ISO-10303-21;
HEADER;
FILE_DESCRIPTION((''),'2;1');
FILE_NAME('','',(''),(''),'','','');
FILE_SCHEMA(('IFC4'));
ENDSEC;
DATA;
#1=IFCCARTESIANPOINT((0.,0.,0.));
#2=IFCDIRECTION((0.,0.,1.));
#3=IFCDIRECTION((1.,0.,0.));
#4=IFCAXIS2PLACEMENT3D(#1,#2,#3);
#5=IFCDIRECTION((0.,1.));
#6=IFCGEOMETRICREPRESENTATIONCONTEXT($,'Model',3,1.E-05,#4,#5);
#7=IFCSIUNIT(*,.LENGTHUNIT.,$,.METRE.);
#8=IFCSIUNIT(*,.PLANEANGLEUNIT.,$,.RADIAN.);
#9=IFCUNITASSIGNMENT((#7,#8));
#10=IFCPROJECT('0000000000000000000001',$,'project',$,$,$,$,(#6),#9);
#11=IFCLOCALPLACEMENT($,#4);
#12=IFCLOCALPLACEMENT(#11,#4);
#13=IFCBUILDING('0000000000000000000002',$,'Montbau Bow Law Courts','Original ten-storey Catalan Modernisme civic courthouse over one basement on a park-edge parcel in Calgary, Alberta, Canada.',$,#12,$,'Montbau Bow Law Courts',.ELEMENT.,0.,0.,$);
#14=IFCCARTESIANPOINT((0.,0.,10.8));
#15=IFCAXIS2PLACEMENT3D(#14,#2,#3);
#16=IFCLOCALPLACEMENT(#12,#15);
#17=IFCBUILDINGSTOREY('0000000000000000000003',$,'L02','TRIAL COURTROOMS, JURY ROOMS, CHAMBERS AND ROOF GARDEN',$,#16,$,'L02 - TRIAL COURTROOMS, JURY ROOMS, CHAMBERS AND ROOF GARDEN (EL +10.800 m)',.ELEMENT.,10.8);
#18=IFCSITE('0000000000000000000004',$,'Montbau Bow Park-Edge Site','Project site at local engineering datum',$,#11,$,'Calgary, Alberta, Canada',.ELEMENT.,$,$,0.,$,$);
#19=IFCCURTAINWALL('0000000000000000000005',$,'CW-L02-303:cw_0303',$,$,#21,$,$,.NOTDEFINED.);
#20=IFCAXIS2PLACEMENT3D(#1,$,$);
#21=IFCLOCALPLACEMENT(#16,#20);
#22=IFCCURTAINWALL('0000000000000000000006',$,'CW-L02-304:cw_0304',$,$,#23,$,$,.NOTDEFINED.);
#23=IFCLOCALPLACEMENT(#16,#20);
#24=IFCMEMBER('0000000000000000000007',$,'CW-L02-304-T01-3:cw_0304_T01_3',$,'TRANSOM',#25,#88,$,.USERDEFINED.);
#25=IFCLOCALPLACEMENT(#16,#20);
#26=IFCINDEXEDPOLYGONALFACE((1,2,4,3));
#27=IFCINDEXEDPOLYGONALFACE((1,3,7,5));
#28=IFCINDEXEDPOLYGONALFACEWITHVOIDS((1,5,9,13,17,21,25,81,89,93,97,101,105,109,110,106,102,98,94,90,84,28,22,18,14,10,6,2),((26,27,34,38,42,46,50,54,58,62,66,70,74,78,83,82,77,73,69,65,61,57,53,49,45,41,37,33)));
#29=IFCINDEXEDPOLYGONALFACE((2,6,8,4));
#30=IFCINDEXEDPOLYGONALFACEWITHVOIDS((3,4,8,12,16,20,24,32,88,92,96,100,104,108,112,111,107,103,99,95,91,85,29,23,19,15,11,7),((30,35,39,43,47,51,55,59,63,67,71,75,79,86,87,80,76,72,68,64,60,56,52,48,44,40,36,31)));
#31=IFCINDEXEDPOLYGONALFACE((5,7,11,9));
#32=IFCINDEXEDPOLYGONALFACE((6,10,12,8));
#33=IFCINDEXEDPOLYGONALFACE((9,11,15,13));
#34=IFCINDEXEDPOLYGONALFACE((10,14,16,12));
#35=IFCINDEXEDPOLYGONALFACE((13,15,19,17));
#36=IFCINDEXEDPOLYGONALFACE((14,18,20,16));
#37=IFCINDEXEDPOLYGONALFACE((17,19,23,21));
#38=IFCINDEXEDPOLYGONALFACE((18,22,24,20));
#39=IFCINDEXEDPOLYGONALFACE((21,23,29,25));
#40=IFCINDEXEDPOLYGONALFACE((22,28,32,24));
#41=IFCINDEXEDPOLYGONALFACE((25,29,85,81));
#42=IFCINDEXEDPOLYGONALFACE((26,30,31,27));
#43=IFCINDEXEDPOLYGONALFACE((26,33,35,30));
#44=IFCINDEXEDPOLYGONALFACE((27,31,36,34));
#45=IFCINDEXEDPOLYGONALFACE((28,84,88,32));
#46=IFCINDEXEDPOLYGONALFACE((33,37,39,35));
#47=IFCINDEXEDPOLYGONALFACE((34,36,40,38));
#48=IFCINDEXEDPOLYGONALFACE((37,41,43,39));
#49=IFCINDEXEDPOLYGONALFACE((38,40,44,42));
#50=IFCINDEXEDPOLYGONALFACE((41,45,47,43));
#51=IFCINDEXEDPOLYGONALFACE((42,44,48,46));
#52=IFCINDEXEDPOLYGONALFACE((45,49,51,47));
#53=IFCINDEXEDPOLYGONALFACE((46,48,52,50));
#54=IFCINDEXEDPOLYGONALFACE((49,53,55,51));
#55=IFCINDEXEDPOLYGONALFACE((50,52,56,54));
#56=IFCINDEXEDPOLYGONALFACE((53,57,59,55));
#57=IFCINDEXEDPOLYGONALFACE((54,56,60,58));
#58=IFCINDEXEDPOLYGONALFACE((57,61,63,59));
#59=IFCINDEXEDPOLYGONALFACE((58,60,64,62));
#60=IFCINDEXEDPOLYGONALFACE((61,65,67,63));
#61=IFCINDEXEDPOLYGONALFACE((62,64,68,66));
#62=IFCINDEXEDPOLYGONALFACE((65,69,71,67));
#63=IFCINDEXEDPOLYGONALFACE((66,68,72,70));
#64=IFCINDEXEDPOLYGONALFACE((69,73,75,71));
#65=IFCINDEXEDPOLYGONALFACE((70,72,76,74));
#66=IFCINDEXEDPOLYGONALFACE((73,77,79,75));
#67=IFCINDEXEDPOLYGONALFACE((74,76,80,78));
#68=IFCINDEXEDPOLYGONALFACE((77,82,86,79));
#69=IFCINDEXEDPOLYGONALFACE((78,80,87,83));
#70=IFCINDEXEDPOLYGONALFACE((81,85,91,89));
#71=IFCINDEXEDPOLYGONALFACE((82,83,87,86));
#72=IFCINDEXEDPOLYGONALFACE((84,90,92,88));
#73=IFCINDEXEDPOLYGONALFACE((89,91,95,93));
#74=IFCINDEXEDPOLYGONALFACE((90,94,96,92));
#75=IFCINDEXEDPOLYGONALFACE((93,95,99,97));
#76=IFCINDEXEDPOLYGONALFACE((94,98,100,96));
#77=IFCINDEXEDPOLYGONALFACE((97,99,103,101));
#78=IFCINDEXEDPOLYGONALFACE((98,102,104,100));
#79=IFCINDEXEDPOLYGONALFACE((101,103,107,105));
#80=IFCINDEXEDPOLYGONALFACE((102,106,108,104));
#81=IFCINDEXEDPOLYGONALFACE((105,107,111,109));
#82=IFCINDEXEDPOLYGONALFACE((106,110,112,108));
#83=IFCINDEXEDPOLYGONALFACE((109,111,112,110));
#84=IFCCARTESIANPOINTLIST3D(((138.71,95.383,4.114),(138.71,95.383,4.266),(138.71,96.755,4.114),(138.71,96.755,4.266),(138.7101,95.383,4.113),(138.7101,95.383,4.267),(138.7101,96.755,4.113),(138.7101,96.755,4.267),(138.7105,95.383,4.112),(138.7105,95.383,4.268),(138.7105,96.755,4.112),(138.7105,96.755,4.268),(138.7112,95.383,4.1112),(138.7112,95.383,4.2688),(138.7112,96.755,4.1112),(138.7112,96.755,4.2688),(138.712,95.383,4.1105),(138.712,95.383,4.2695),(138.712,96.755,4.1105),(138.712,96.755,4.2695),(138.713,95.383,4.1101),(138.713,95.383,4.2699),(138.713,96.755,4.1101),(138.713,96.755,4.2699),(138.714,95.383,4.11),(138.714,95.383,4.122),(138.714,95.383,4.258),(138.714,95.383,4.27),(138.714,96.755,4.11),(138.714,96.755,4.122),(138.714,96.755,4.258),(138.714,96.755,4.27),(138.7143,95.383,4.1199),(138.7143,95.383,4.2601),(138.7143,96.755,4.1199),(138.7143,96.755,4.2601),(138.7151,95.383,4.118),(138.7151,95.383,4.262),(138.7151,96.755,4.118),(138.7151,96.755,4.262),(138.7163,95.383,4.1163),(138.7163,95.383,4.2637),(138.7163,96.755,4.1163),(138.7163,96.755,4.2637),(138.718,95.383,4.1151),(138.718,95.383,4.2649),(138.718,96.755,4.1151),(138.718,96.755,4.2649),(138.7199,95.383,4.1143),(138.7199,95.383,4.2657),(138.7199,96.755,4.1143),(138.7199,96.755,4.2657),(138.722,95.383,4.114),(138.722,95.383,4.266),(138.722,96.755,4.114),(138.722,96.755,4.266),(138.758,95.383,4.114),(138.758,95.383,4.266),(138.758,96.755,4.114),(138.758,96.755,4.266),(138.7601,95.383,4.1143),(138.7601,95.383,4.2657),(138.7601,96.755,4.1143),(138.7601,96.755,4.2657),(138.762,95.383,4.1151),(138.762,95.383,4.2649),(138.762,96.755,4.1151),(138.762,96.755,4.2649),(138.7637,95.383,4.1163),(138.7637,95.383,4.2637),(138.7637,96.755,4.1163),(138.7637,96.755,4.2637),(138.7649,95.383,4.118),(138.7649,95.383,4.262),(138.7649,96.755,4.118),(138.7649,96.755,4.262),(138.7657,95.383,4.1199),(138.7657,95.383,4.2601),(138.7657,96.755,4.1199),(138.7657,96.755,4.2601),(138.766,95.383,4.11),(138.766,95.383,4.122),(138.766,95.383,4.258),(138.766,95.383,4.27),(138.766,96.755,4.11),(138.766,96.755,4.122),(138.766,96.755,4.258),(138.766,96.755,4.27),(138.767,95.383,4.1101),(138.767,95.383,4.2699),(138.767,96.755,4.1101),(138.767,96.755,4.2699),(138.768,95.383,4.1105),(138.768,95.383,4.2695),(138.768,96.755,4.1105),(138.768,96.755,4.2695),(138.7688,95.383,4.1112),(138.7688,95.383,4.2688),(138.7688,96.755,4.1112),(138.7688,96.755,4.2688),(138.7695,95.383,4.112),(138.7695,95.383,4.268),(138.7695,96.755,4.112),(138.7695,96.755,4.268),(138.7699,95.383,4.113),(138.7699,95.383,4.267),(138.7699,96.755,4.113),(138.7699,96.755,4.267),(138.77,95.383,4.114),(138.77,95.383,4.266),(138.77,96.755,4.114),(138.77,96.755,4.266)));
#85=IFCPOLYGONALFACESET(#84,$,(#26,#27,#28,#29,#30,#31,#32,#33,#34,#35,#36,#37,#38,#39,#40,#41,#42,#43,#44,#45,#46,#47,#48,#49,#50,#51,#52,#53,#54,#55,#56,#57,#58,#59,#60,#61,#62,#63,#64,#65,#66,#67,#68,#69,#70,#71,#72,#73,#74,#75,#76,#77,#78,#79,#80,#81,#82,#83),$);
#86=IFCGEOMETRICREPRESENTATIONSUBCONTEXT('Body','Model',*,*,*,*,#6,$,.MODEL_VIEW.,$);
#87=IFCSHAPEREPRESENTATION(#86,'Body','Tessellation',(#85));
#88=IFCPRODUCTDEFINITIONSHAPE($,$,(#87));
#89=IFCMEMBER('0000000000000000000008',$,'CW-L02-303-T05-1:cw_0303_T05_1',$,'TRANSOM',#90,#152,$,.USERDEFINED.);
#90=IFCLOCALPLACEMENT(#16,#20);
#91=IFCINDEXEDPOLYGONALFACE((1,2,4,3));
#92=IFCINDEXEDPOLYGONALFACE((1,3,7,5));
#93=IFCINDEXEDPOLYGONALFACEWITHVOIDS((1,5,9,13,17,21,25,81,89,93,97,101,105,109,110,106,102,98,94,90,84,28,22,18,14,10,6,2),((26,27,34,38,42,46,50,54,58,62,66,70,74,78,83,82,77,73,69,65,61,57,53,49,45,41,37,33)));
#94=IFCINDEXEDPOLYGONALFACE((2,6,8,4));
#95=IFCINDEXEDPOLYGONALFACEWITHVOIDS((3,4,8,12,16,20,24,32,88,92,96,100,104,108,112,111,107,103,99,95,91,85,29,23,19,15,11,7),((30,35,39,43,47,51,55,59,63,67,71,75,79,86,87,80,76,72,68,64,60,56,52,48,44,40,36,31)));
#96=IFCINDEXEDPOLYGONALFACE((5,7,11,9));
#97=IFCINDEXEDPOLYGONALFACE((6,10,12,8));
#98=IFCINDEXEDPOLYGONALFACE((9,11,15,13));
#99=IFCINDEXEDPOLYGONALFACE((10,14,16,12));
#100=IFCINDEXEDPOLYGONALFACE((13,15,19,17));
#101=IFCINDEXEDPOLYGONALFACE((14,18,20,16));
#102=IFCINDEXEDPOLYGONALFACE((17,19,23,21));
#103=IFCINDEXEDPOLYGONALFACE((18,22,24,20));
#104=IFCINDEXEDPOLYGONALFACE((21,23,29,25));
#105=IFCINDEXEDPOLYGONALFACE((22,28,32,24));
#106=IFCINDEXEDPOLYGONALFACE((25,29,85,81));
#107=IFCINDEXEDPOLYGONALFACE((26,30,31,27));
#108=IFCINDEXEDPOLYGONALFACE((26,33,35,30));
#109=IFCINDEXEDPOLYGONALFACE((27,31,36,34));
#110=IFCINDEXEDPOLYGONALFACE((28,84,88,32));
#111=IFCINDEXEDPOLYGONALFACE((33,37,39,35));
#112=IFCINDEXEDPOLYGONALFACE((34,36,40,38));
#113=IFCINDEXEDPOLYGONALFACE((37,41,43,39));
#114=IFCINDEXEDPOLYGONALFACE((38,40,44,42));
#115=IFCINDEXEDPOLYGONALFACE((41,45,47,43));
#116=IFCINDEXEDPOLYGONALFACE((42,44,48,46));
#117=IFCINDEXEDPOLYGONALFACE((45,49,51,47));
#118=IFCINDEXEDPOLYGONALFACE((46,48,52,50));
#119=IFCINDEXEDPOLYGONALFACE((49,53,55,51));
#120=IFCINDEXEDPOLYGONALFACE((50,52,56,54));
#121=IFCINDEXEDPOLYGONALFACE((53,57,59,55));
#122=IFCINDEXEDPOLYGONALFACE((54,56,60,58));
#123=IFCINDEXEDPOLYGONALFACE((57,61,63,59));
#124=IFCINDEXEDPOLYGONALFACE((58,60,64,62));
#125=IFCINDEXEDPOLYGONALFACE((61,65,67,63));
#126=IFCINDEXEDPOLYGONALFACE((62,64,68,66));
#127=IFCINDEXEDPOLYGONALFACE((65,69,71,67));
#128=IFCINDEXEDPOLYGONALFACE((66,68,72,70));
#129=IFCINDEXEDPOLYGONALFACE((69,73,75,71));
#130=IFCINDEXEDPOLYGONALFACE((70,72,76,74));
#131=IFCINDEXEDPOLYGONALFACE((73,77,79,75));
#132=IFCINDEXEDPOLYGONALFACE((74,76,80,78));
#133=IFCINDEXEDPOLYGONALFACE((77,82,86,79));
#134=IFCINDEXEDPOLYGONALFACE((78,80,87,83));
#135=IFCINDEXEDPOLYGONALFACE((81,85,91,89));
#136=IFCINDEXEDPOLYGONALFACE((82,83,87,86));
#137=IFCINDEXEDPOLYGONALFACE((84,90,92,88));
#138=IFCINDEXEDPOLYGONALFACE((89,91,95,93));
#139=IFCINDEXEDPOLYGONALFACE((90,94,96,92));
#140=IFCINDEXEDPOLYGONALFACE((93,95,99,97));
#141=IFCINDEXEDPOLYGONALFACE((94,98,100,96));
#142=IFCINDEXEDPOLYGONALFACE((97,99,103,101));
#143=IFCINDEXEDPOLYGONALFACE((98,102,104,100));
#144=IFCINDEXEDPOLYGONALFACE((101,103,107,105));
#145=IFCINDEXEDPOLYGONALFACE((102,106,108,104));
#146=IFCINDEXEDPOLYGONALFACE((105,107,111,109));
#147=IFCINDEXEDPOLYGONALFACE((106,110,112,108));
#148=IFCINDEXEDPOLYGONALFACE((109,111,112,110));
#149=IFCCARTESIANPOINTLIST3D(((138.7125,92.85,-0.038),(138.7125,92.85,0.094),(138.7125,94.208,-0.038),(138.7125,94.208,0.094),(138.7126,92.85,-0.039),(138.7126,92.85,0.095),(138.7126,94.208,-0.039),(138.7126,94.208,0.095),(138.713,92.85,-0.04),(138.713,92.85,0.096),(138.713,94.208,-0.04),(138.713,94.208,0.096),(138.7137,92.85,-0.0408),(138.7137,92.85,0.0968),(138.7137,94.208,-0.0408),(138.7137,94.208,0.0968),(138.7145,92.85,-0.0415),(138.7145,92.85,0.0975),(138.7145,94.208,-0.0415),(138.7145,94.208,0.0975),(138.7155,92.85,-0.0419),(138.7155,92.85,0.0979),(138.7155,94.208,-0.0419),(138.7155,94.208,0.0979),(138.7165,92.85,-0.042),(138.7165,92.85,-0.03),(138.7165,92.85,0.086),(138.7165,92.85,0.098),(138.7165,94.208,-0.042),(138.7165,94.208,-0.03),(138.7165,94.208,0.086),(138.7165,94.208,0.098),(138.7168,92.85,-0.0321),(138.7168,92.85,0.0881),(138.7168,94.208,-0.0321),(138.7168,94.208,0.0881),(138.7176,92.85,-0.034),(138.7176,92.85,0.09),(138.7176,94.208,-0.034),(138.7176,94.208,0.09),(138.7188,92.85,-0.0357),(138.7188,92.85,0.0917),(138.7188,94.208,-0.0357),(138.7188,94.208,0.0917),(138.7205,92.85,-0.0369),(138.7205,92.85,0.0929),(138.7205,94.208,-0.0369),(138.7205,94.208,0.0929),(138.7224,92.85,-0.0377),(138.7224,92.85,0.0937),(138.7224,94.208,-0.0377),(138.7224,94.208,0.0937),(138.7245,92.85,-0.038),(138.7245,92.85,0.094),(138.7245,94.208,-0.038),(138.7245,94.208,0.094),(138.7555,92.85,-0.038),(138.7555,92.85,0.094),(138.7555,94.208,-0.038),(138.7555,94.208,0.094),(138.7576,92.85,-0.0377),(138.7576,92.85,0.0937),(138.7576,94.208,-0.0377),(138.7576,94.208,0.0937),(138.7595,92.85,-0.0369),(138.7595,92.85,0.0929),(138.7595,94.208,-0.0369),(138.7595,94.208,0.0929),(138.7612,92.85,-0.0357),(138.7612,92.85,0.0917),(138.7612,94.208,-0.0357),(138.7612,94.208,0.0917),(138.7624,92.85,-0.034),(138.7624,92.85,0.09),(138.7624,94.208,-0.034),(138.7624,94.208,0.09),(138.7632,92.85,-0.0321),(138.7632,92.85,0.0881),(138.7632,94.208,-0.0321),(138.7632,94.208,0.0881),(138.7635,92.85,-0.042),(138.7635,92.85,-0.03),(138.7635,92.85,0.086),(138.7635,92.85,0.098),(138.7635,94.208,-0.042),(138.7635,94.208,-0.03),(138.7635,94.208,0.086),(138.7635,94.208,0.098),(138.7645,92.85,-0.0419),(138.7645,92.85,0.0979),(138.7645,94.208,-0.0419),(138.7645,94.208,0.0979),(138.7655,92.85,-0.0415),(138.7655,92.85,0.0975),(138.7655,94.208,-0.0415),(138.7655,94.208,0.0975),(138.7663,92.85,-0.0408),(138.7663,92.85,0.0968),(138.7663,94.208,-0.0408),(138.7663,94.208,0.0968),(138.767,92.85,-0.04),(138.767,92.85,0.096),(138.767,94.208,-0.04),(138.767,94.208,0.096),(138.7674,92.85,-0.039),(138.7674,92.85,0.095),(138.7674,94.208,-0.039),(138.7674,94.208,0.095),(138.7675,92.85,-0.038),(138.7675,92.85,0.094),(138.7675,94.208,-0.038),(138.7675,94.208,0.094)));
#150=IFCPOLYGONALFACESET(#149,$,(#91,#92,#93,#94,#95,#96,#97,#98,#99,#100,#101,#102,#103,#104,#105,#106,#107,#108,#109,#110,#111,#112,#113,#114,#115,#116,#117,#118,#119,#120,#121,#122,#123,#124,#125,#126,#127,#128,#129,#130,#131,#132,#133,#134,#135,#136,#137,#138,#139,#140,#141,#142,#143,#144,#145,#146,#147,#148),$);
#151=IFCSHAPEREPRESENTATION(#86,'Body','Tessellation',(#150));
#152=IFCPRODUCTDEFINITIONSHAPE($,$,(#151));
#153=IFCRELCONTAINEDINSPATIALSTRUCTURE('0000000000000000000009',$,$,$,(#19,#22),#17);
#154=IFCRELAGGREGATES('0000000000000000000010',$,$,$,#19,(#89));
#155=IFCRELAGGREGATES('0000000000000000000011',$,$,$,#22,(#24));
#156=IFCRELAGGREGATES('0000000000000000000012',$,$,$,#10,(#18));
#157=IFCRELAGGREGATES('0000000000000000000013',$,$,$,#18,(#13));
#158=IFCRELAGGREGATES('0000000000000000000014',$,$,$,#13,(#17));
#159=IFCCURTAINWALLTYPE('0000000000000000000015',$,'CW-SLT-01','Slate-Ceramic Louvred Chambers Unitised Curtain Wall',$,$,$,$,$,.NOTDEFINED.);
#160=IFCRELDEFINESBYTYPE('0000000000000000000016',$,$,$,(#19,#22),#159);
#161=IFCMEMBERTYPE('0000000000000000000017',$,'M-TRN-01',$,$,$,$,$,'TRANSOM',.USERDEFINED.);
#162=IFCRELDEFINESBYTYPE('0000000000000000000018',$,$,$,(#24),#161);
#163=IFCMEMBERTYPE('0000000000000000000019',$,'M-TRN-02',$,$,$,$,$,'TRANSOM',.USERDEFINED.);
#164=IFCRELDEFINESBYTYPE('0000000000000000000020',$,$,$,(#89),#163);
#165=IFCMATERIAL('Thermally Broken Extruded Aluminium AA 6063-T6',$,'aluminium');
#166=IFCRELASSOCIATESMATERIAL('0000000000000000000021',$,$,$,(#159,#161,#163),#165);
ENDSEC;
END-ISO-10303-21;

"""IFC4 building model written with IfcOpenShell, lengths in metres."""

from ifc_helpers import new_model, si_unit, direction, frame, origin_with_axes, origin_2d_with_axis, place, context, subcontext, project, spatial, hollow_rectangle, extrude, material, material_profile, profile_set, type_object, element, aggregate, save


model = new_model("IFC4")

# Units and contexts
model_context = context("Model", 3, precision=1e-05, world=origin_with_axes(), true_north=direction((0.0, 1.0)))
body_context = subcontext(model_context, "Body", "Model", "MODEL_VIEW")
ifc_project = project(units=[si_unit("LENGTHUNIT", "METRE"), si_unit("PLANEANGLEUNIT", "RADIAN")], contexts=[model_context])

# Site, building, storey
site_placement = place(None, origin_with_axes())
site = spatial("IfcSite", under=ifc_project, at=site_placement, Name="Montbau Bow Park-Edge Site", Description="Project site at local engineering datum", LongName="Calgary, Alberta, Canada", CompositionType="ELEMENT", RefElevation=0.0)
building_placement = place(site_placement, origin_with_axes())
building = spatial("IfcBuilding", under=site, at=building_placement, Name="Montbau Bow Law Courts", Description="Original ten-storey Catalan Modernisme civic courthouse over one basement on a park-edge parcel in Calgary, Alberta, Canada.", LongName="Montbau Bow Law Courts", CompositionType="ELEMENT", ElevationOfRefHeight=0.0, ElevationOfTerrain=0.0)
storey_placement = place(building_placement, frame((0.0, 0.0, 10.8), z_axis=(0.0, 0.0, 1.0), x_axis=(1.0, 0.0, 0.0)))
storey = spatial("IfcBuildingStorey", under=building, at=storey_placement, Name="L02", Description="TRIAL COURTROOMS, JURY ROOMS, CHAMBERS AND ROOF GARDEN", LongName="L02 - TRIAL COURTROOMS, JURY ROOMS, CHAMBERS AND ROOF GARDEN (EL +10.800 m)", CompositionType="ELEMENT", Elevation=10.8)

# Curtain walls, member
ifc_material_1 = material(Name="Thermally Broken Extruded Aluminium AA 6063-T6", Category="aluminium")
curtain_wall_type = type_object("IfcCurtainWallType", Name="CW-SLT-01", Description="Slate-Ceramic Louvred Chambers Unitised Curtain Wall", PredefinedType="NOTDEFINED", material=ifc_material_1)
curtain_wall_1_placement = place(None, frame((138.74, 86.915, 10.8), z_axis=(0.0, 0.0, 1.0), x_axis=(1.0, 0.0, 0.0)))
curtain_wall_1 = element("IfcCurtainWall", 1, at=curtain_wall_1_placement, inside=storey, type_object=curtain_wall_type, Name="CW-L02-303:cw_0303", PredefinedType="NOTDEFINED")
curtain_wall_2_placement = place(None, frame((138.74, 95.315, 10.8), z_axis=(0.0, 0.0, 1.0), x_axis=(1.0, 0.0, 0.0)))
curtain_wall_2 = element("IfcCurtainWall", 2, at=curtain_wall_2_placement, inside=storey, type_object=curtain_wall_type, Name="CW-L02-304:cw_0304", PredefinedType="NOTDEFINED")
ifc_material_profile_1 = material_profile(ifc_material_1, hollow_rectangle(XDim=0.06, YDim=0.16, WallThickness=0.004, InnerFilletRadius=0.008, OuterFilletRadius=0.004, at=origin_2d_with_axis()), Name="CWT-160X60", Category="Main", Priority=0)
ifc_profile_set_1 = profile_set([ifc_material_profile_1], Name="Thermally Broken Extruded Aluminium AA 6063-T6")
member_type_1 = type_object("IfcMemberType", Name="M-TRN-01", ElementType="TRANSOM", PredefinedType="USERDEFINED", material=ifc_profile_set_1)
member_1_placement = place(None, frame((138.74, 95.383, 14.99), z_axis=(0.0, 1.0, 0.0), x_axis=(-1.0, 0.0, 0.0)))
member_1 = element("IfcMember", 3, at=member_1_placement, type_object=member_type_1, Name="CW-L02-304-T01-3:cw_0304_T01_3", ObjectType="TRANSOM", PredefinedType="USERDEFINED", context=body_context, shape_type="SweptSolid", body=[
    extrude(hollow_rectangle(XDim=0.06, YDim=0.16, WallThickness=0.004, InnerFilletRadius=0.008, OuterFilletRadius=0.004, at=origin_2d_with_axis()), origin_with_axes(), (0.0, 0.0, 1.0), 1.372),
])

# Member
ifc_material_profile_2 = material_profile(ifc_material_1, hollow_rectangle(XDim=0.055, YDim=0.14, WallThickness=0.004, InnerFilletRadius=0.008, OuterFilletRadius=0.004, at=origin_2d_with_axis()), Name="CWT-140X55", Category="Main", Priority=0)
ifc_profile_set_2 = profile_set([ifc_material_profile_2], Name="Thermally Broken Extruded Aluminium AA 6063-T6")
member_type_2 = type_object("IfcMemberType", Name="M-TRN-02", ElementType="TRANSOM", PredefinedType="USERDEFINED", material=ifc_profile_set_2)
member_2_placement = place(None, frame((138.74, 92.85, 10.828), z_axis=(0.0, 1.0, 0.0), x_axis=(-1.0, 0.0, 0.0)))
member_2 = element("IfcMember", 4, at=member_2_placement, type_object=member_type_2, Name="CW-L02-303-T05-1:cw_0303_T05_1", ObjectType="TRANSOM", PredefinedType="USERDEFINED", context=body_context, shape_type="SweptSolid", body=[
    extrude(hollow_rectangle(XDim=0.055, YDim=0.14, WallThickness=0.004, InnerFilletRadius=0.008, OuterFilletRadius=0.004, at=origin_2d_with_axis()), origin_with_axes(), (0.0, 0.0, 1.0), 1.358),
])

aggregate(curtain_wall_1, [member_2])
aggregate(curtain_wall_2, [member_1])

save(model, "model.ifc")
